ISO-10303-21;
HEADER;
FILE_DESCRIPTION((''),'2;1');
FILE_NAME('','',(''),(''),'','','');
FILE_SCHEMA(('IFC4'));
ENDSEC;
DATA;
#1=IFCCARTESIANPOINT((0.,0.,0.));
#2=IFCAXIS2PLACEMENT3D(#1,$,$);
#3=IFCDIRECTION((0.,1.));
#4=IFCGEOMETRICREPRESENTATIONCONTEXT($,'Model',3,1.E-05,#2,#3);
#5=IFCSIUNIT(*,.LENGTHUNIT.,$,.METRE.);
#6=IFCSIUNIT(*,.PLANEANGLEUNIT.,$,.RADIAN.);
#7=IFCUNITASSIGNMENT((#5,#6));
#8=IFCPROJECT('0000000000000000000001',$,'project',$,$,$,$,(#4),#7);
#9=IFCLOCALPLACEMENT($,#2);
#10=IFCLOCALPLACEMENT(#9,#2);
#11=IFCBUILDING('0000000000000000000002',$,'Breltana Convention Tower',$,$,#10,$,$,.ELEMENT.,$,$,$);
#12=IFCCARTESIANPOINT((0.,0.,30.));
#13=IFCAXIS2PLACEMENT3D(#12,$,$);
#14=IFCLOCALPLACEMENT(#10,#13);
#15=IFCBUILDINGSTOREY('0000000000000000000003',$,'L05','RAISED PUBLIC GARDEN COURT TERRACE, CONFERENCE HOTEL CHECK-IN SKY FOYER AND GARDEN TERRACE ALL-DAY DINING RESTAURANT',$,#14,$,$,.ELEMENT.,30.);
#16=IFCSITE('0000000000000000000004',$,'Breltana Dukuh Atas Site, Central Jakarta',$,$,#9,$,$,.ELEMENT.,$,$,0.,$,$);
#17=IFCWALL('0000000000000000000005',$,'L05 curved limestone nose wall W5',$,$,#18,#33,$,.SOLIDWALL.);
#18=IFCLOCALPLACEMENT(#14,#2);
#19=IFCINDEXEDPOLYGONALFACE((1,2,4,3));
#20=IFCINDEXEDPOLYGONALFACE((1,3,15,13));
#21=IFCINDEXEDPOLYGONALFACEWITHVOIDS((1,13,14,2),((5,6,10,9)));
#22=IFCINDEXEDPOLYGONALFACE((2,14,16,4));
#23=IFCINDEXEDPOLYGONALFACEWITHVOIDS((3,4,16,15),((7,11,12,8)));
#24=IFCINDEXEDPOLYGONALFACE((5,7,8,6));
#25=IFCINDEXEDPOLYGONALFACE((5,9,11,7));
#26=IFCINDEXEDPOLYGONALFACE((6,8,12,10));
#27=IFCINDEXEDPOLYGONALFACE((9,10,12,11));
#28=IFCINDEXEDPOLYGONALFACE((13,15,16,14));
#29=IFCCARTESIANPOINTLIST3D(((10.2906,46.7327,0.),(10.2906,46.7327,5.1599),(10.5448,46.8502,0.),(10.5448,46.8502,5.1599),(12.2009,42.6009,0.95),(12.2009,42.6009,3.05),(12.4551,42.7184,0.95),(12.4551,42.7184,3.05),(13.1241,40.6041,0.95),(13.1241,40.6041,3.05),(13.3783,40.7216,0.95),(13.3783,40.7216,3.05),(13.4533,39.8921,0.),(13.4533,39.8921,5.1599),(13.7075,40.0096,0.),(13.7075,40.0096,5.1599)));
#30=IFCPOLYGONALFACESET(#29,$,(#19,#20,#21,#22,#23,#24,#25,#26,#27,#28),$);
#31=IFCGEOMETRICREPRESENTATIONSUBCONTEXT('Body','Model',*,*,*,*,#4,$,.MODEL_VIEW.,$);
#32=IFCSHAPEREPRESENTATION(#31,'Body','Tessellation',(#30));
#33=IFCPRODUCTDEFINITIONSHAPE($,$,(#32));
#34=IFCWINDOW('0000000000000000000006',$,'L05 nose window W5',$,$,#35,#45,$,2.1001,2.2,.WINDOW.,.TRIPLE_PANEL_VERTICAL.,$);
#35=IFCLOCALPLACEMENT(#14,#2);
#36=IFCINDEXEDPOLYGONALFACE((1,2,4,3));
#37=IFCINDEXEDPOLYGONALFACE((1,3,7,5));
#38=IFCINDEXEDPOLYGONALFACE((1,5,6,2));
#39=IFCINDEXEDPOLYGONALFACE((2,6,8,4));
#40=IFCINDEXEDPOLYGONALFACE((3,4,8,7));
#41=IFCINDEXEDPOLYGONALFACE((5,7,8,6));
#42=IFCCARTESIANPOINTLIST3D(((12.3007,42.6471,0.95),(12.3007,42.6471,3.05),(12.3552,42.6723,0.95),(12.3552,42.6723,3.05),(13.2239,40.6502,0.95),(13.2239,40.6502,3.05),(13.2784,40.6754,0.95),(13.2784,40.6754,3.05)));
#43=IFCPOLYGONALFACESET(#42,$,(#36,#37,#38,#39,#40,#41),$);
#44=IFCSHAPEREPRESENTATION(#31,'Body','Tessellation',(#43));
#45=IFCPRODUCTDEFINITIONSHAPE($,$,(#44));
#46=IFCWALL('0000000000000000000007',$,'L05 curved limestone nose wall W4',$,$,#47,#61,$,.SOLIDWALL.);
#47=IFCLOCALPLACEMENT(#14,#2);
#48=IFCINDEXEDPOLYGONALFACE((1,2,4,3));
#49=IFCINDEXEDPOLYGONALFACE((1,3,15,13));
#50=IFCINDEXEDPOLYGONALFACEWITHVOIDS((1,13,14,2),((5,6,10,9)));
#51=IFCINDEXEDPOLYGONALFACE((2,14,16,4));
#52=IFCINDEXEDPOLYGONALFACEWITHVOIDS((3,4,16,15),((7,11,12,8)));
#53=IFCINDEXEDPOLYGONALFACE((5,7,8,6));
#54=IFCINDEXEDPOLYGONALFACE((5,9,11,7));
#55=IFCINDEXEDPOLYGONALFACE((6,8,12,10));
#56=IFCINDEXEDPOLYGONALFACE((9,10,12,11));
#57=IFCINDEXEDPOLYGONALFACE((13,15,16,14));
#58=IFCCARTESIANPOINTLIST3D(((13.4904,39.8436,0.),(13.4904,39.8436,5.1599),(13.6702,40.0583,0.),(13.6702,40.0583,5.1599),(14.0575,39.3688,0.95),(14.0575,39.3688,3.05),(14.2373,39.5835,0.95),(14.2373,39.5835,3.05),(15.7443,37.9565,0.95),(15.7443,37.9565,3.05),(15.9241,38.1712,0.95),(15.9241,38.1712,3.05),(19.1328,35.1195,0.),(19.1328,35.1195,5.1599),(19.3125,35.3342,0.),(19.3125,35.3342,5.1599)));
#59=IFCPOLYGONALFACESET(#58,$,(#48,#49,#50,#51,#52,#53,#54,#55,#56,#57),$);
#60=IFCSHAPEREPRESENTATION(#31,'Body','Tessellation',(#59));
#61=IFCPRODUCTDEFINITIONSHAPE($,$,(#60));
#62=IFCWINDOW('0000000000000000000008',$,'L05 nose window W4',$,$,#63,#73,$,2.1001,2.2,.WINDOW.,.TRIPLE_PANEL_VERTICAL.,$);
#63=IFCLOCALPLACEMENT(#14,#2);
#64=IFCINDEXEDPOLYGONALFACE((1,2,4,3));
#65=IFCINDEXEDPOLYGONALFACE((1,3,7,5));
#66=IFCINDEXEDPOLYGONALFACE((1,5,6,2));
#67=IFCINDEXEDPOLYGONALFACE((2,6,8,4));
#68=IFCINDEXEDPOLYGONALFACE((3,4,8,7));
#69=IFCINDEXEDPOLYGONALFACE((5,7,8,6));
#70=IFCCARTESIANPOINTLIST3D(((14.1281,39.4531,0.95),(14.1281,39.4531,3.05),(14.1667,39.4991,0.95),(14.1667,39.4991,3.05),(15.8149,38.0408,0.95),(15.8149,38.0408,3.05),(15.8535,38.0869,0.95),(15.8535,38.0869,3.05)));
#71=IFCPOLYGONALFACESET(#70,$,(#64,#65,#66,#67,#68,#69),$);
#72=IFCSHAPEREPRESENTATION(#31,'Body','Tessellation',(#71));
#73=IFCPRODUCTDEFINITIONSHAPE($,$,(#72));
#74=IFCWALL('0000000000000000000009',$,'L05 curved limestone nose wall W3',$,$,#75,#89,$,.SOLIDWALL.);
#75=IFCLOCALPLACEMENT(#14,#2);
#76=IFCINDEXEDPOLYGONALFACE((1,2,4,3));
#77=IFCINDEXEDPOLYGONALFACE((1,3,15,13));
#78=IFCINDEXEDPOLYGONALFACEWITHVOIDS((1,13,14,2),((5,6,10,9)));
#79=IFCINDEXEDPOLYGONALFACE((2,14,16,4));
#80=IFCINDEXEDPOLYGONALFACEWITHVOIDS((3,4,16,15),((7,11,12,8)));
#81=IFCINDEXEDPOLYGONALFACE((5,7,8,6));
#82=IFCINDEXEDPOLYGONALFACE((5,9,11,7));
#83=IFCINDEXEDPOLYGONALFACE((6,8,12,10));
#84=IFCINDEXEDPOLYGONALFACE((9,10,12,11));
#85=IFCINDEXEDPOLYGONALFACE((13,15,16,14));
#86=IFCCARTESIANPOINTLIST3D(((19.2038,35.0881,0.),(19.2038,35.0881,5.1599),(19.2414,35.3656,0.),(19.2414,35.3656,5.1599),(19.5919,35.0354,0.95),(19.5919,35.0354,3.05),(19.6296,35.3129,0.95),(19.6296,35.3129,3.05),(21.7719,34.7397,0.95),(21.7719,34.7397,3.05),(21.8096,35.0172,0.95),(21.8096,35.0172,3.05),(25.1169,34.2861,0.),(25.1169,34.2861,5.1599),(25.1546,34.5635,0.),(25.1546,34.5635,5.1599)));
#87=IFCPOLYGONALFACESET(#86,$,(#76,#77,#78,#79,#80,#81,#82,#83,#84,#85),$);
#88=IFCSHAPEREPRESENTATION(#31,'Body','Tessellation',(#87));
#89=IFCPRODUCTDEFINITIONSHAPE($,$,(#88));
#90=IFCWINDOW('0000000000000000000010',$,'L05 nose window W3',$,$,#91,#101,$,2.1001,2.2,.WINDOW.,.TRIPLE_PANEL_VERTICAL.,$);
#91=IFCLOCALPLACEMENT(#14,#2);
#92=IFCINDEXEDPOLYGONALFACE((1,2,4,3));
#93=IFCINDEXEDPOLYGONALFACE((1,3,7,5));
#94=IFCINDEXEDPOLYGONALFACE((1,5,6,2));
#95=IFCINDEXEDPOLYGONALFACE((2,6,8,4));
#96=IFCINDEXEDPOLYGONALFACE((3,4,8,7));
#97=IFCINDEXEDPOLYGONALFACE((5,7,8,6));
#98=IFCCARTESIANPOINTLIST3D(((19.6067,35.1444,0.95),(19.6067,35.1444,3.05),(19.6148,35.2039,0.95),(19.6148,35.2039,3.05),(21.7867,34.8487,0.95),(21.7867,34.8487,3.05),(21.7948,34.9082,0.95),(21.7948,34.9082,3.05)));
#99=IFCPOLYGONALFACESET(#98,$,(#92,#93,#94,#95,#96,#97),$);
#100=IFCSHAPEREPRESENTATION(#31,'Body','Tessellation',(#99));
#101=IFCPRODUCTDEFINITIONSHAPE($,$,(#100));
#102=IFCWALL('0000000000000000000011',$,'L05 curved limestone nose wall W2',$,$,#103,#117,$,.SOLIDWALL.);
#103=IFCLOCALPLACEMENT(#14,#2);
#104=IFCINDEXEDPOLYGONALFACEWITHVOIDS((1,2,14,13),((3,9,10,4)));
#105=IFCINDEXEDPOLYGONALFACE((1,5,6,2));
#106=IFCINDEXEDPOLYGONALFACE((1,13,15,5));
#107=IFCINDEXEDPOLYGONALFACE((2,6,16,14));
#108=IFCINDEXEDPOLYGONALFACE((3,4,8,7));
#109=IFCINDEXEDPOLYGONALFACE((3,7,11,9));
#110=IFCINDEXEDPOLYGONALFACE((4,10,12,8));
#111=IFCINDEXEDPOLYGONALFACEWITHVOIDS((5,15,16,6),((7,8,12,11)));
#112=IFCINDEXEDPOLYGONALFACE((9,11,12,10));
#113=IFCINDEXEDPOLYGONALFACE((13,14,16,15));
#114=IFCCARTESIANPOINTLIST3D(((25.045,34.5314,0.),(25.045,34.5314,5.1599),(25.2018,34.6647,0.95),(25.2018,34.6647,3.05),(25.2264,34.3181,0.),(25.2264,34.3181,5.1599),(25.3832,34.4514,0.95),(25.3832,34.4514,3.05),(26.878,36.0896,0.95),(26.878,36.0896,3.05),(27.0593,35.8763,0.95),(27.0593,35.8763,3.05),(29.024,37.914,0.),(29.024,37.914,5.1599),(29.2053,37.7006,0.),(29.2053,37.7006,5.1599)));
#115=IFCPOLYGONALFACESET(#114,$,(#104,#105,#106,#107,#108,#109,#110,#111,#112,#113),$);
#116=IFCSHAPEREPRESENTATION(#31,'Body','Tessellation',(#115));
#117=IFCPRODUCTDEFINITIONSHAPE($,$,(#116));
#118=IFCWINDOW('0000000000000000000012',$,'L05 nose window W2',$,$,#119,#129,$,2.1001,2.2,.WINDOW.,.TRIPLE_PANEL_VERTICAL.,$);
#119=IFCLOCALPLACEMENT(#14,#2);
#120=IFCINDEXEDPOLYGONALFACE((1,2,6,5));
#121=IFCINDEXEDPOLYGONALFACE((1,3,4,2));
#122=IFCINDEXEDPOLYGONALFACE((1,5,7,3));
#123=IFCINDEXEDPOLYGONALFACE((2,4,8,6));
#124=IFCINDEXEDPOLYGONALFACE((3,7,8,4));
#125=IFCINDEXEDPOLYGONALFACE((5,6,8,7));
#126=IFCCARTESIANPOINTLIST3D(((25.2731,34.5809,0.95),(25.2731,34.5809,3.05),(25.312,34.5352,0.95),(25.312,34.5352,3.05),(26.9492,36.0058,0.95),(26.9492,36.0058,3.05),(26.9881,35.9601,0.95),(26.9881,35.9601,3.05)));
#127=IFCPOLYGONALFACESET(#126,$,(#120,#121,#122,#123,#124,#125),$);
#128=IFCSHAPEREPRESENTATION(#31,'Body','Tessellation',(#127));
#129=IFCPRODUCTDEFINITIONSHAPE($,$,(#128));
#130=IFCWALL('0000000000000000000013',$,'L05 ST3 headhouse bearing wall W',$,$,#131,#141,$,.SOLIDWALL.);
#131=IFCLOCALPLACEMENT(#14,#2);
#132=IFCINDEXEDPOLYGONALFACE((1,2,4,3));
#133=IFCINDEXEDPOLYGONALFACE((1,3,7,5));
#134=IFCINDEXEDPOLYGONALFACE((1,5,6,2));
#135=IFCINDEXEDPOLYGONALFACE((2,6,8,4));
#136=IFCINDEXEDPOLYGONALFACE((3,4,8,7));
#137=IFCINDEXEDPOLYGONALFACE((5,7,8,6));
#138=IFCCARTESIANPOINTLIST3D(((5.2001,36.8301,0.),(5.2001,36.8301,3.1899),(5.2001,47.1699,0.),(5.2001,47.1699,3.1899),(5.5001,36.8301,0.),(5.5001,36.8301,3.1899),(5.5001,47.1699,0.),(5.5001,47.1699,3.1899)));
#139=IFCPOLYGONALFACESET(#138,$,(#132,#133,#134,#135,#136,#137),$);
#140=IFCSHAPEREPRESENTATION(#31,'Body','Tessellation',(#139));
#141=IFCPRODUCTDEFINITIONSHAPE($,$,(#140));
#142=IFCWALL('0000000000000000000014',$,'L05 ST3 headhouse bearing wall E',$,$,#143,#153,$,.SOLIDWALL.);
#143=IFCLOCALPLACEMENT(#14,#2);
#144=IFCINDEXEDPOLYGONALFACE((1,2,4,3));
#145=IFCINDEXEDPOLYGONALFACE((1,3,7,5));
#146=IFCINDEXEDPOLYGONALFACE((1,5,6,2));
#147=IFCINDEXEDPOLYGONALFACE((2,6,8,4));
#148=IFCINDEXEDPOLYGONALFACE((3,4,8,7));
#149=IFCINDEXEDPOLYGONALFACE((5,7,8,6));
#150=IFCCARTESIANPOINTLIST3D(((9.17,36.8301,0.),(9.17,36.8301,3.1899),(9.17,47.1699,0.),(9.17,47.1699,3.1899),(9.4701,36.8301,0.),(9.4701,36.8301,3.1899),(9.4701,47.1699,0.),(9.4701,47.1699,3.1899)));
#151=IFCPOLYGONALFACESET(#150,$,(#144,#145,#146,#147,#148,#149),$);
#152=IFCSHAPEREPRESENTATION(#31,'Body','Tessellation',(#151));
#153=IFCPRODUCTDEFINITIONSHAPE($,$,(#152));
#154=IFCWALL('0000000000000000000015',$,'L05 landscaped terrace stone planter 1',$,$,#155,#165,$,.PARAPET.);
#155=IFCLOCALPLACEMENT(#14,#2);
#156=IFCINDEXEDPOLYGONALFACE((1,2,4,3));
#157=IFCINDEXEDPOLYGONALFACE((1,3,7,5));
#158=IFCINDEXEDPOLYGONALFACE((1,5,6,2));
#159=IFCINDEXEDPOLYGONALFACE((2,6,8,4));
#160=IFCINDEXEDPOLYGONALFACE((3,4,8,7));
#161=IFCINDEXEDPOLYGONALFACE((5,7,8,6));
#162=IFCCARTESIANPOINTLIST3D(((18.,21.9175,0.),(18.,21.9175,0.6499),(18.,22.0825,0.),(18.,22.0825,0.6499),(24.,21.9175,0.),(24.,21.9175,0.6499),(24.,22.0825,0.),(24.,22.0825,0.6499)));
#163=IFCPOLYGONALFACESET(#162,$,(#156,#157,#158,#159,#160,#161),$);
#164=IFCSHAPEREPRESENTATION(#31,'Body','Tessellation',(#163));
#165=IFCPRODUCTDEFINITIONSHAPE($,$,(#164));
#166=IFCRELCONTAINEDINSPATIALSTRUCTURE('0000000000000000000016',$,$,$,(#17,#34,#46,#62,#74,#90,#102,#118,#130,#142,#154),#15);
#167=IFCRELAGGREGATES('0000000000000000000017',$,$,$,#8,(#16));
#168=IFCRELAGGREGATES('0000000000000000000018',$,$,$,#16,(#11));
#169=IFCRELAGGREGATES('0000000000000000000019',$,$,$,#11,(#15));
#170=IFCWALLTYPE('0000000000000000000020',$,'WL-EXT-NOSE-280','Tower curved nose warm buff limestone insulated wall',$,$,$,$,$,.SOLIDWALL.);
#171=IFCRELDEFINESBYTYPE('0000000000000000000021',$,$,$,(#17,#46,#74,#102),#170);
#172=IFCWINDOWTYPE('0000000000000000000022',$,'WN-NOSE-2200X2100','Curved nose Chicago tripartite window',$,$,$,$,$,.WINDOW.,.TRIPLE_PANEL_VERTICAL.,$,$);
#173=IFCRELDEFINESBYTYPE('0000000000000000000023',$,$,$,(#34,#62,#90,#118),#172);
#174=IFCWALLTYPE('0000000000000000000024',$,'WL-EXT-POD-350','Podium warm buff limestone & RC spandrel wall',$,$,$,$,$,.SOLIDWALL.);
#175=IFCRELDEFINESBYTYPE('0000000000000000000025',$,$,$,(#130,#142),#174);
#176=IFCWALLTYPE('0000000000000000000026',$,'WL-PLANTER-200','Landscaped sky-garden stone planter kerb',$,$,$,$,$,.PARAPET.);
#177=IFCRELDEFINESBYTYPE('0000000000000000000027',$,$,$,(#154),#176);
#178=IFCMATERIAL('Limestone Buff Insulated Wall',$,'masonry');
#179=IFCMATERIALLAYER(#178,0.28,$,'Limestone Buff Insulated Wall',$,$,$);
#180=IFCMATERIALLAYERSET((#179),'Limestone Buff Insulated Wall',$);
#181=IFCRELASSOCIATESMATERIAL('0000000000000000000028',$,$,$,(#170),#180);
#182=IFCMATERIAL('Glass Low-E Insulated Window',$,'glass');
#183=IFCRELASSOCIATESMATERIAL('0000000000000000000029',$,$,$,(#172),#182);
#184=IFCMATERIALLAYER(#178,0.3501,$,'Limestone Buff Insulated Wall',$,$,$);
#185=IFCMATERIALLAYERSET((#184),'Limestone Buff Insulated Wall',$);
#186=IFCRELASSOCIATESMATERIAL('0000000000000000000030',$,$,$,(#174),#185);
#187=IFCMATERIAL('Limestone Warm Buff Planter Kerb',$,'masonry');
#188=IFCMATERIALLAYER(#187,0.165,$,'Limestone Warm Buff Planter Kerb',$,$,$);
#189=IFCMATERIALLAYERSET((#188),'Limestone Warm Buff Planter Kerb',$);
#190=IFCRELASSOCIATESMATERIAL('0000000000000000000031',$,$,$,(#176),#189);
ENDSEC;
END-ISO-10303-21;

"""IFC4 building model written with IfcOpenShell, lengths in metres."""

from ifc_helpers import new_model, si_unit, direction, frame, frame_2d, origin, place, context, subcontext, project, spatial, rectangle, extrude, source, transform, mapped, material, layer, layer_set, type_object, type_shapes, element, fill, save


model = new_model("IFC4")

# Units and contexts
model_context = context("Model", 3, precision=1e-05, world=origin(), true_north=direction((0.0, 1.0)))
body_context = subcontext(model_context, "Body", "Model", "MODEL_VIEW")
ifc_project = project(units=[si_unit("LENGTHUNIT", "METRE"), si_unit("PLANEANGLEUNIT", "RADIAN")], contexts=[model_context])

# Site, building, storey
site_placement = place(None, origin())
site = spatial("IfcSite", under=ifc_project, at=site_placement, Name="Breltana Dukuh Atas Site, Central Jakarta", CompositionType="ELEMENT", RefElevation=0.0)
building_placement = place(site_placement, origin())
building = spatial("IfcBuilding", under=site, at=building_placement, Name="Breltana Convention Tower", CompositionType="ELEMENT")
storey_placement = place(building_placement, frame((0.0, 0.0, 30.0)))
storey = spatial("IfcBuildingStorey", under=building, at=storey_placement, Name="L05", Description="RAISED PUBLIC GARDEN COURT TERRACE, CONFERENCE HOTEL CHECK-IN SKY FOYER AND GARDEN TERRACE ALL-DAY DINING RESTAURANT", CompositionType="ELEMENT", Elevation=30.0)

# Walls, openings, windows
ifc_material_1 = material(Name="Limestone Buff Insulated Wall", Category="masonry")
ifc_layer_1 = layer(ifc_material_1, 0.28, Name="Limestone Buff Insulated Wall")
ifc_layer_set_1 = layer_set([ifc_layer_1], Name="Limestone Buff Insulated Wall")
wall_type_1 = type_object("IfcWallType", Name="WL-EXT-NOSE-280", Description="Tower curved nose warm buff limestone insulated wall", PredefinedType="SOLIDWALL", material=ifc_layer_set_1)
shared_shape_1 = source(origin(), body_context, "Body", "SweptSolid", [
    extrude(rectangle(XDim=7.5364, YDim=0.28, at=frame_2d((3.7681, 0.0))), origin(), (0.0, 0.0, 1.0), 5.1599),
])
wall_1_placement = place(storey_placement, frame((13.5803, 39.9509, 0.0), z_axis=(0.0, 0.0, 1.0), x_axis=(-0.41965, 0.907686, 0.0)))
wall_1 = element("IfcWall", 1, at=wall_1_placement, inside=storey, type_object=wall_type_1, Name="L05 curved limestone nose wall W5", PredefinedType="SOLIDWALL", context=body_context, shape_type="MappedRepresentation", body=[
    mapped(shared_shape_1, transform((0.0, 0.0, 0.0), scale=1.0)),
])
opening_1_placement = place(wall_1_placement, frame((0.7842, 0.0, 0.95)))
opening_1 = element("IfcOpeningElement", 2, at=opening_1_placement, cuts=wall_1, PredefinedType="OPENING", context=body_context, shape_type="SweptSolid", body=[
    extrude(rectangle(XDim=2.2, YDim=2.1001, at=frame_2d((1.1001, 1.05))), frame((0.0, 0.1499, 0.0), z_axis=(0.0, -1.0, 0.0), x_axis=(1.0, 0.0, 0.0)), (0.0, 0.0, 1.0), 0.3),
])
ifc_material_2 = material(Name="Glass Low-E Insulated Window", Category="glass")
window_type = type_object("IfcWindowType", Name="WN-NOSE-2200X2100", Description="Curved nose Chicago tripartite window", PartitioningType="TRIPLE_PANEL_VERTICAL", PredefinedType="WINDOW", material=ifc_material_2)
shared_shape_2 = source(origin(), body_context, "Body", "SweptSolid", [
    extrude(rectangle(XDim=2.2, YDim=2.1001, at=frame_2d((1.1001, 1.05))), frame((0.0, 0.03, 0.0), z_axis=(0.0, -1.0, 0.0), x_axis=(1.0, 0.0, 0.0)), (0.0, 0.0, 1.0), 0.0601),
])
type_shapes(window_type, [shared_shape_2])
window_1_placement = place(opening_1_placement, origin())
window_1 = element("IfcWindow", 3, at=window_1_placement, inside=storey, type_object=window_type, Name="L05 nose window W5", OverallHeight=2.1001, OverallWidth=2.2, PartitioningType="TRIPLE_PANEL_VERTICAL", PredefinedType="WINDOW", context=body_context, shape_type="MappedRepresentation", body=[
    mapped(shared_shape_2, transform((0.0, 0.0, 0.0), scale=1.0)),
])
fill(opening_1, window_1)
shared_shape_3 = source(origin(), body_context, "Body", "SweptSolid", [
    extrude(rectangle(XDim=7.3589, YDim=0.28, at=frame_2d((3.6794, 0.0))), origin(), (0.0, 0.0, 1.0), 5.1599),
])
wall_2_placement = place(storey_placement, frame((19.2227, 35.2268, 0.0), z_axis=(0.0, 0.0, 1.0), x_axis=(-0.766737, 0.641961, 0.0)))
wall_2 = element("IfcWall", 4, at=wall_2_placement, inside=storey, type_object=wall_type_1, Name="L05 curved limestone nose wall W4", PredefinedType="SOLIDWALL", context=body_context, shape_type="MappedRepresentation", body=[
    mapped(shared_shape_3, transform((0.0, 0.0, 0.0), scale=1.0)),
])
opening_2_placement = place(wall_2_placement, frame((4.4192, 0.0, 0.95)))
opening_2 = element("IfcOpeningElement", 5, at=opening_2_placement, cuts=wall_2, PredefinedType="OPENING", context=body_context, shape_type="SweptSolid", body=[
    extrude(rectangle(XDim=2.2, YDim=2.1001, at=frame_2d((1.1001, 1.05))), frame((0.0, 0.1499, 0.0), z_axis=(0.0, -1.0, 0.0), x_axis=(1.0, 0.0, 0.0)), (0.0, 0.0, 1.0), 0.3),
])
window_2_placement = place(opening_2_placement, origin())
window_2 = element("IfcWindow", 6, at=window_2_placement, inside=storey, type_object=window_type, Name="L05 nose window W4", OverallHeight=2.1001, OverallWidth=2.2, PartitioningType="TRIPLE_PANEL_VERTICAL", PredefinedType="WINDOW", context=body_context, shape_type="MappedRepresentation", body=[
    mapped(shared_shape_2, transform((0.0, 0.0, 0.0), scale=1.0)),
])
fill(opening_2, window_2)
shared_shape_4 = source(origin(), body_context, "Body", "SweptSolid", [
    extrude(rectangle(XDim=5.9673, YDim=0.28, at=frame_2d((2.9836, 0.0))), origin(), (0.0, 0.0, 1.0), 5.1599),
])
wall_3_placement = place(storey_placement, frame((25.1357, 34.4248, 0.0), z_axis=(0.0, 0.0, 1.0), x_axis=(-0.990927, 0.134401, 0.0)))
wall_3 = element("IfcWall", 7, at=wall_3_placement, inside=storey, type_object=wall_type_1, Name="L05 curved limestone nose wall W3", PredefinedType="SOLIDWALL", context=body_context, shape_type="MappedRepresentation", body=[
    mapped(shared_shape_4, transform((0.0, 0.0, 0.0), scale=1.0)),
])
opening_3_placement = place(wall_3_placement, frame((3.3755, 0.0, 0.95)))
opening_3 = element("IfcOpeningElement", 8, at=opening_3_placement, cuts=wall_3, PredefinedType="OPENING", context=body_context, shape_type="SweptSolid", body=[
    extrude(rectangle(XDim=2.2, YDim=2.1001, at=frame_2d((1.1001, 1.05))), frame((0.0, 0.1499, 0.0), z_axis=(0.0, -1.0, 0.0), x_axis=(1.0, 0.0, 0.0)), (0.0, 0.0, 1.0), 0.3),
])
window_3_placement = place(opening_3_placement, origin())
window_3 = element("IfcWindow", 9, at=window_3_placement, inside=storey, type_object=window_type, Name="L05 nose window W3", OverallHeight=2.1001, OverallWidth=2.2, PartitioningType="TRIPLE_PANEL_VERTICAL", PredefinedType="WINDOW", context=body_context, shape_type="MappedRepresentation", body=[
    mapped(shared_shape_2, transform((0.0, 0.0, 0.0), scale=1.0)),
])
fill(opening_3, window_3)
shared_shape_5 = source(origin(), body_context, "Body", "SweptSolid", [
    extrude(rectangle(XDim=5.2224, YDim=0.28, at=frame_2d((2.6113, 0.0))), origin(), (0.0, 0.0, 1.0), 5.1599),
])
wall_4_placement = place(storey_placement, frame((29.1147, 37.8074, 0.0), z_axis=(0.0, 0.0, 1.0), x_axis=(-0.7619, -0.647695, 0.0)))
wall_4 = element("IfcWall", 10, at=wall_4_placement, inside=storey, type_object=wall_type_1, Name="L05 curved limestone nose wall W2", PredefinedType="SOLIDWALL", context=body_context, shape_type="MappedRepresentation", body=[
    mapped(shared_shape_5, transform((0.0, 0.0, 0.0), scale=1.0)),
])
opening_4_placement = place(wall_4_placement, frame((2.8167, 0.0, 0.95)))
opening_4 = element("IfcOpeningElement", 11, at=opening_4_placement, cuts=wall_4, PredefinedType="OPENING", context=body_context, shape_type="SweptSolid", body=[
    extrude(rectangle(XDim=2.2, YDim=2.1001, at=frame_2d((1.1001, 1.05))), frame((0.0, 0.1499, 0.0), z_axis=(0.0, -1.0, 0.0), x_axis=(1.0, 0.0, 0.0)), (0.0, 0.0, 1.0), 0.3),
])
window_4_placement = place(opening_4_placement, origin())
window_4 = element("IfcWindow", 12, at=window_4_placement, inside=storey, type_object=window_type, Name="L05 nose window W2", OverallHeight=2.1001, OverallWidth=2.2, PartitioningType="TRIPLE_PANEL_VERTICAL", PredefinedType="WINDOW", context=body_context, shape_type="MappedRepresentation", body=[
    mapped(shared_shape_2, transform((0.0, 0.0, 0.0), scale=1.0)),
])
fill(opening_4, window_4)

# Walls
ifc_layer_2 = layer(ifc_material_1, 0.3501, Name="Limestone Buff Insulated Wall")
ifc_layer_set_2 = layer_set([ifc_layer_2], Name="Limestone Buff Insulated Wall")
wall_type_2 = type_object("IfcWallType", Name="WL-EXT-POD-350", Description="Podium warm buff limestone & RC spandrel wall", PredefinedType="SOLIDWALL", material=ifc_layer_set_2)
shared_shape_6 = source(origin(), body_context, "Body", "SweptSolid", [
    extrude(rectangle(XDim=10.3398, YDim=0.3, at=frame_2d((5.1699, 0.0))), origin(), (0.0, 0.0, 1.0), 3.1899),
])
for number, where, z_axis, x_axis, name in (
    (13, (5.3501, 36.8301, 0.0), (0.0, 0.0, 1.0), (0.0, 1.0, 0.0), "L05 ST3 headhouse bearing wall W"),
    (14, (9.3201, 36.8301, 0.0), (0.0, 0.0, 1.0), (0.0, 1.0, 0.0), "L05 ST3 headhouse bearing wall E"),
):
    element("IfcWall", number, at=place(storey_placement, frame(where, z_axis=z_axis, x_axis=x_axis)), inside=storey, type_object=wall_type_2, Name=name, PredefinedType="SOLIDWALL", context=body_context, shape_type="MappedRepresentation", body=[
        mapped(shared_shape_6, transform((0.0, 0.0, 0.0), scale=1.0)),
    ])
ifc_material_3 = material(Name="Limestone Warm Buff Planter Kerb", Category="masonry")
ifc_layer_3 = layer(ifc_material_3, 0.165, Name="Limestone Warm Buff Planter Kerb")
ifc_layer_set_3 = layer_set([ifc_layer_3], Name="Limestone Warm Buff Planter Kerb")
wall_type_3 = type_object("IfcWallType", Name="WL-PLANTER-200", Description="Landscaped sky-garden stone planter kerb", PredefinedType="PARAPET", material=ifc_layer_set_3)
shared_shape_7 = source(origin(), body_context, "Body", "SweptSolid", [
    extrude(rectangle(XDim=6.0, YDim=0.165, at=frame_2d((3.0, 0.0))), origin(), (0.0, 0.0, 1.0), 0.6499),
])
type_shapes(wall_type_3, [shared_shape_7])
for number, where, z_axis, x_axis, name in (
    (15, (18.0, 22.0, 0.0), (0.0, 0.0, 1.0), (1.0, 0.0, 0.0), "L05 landscaped terrace stone planter 1"),
):
    element("IfcWall", number, at=place(storey_placement, frame(where, z_axis=z_axis, x_axis=x_axis)), inside=storey, type_object=wall_type_3, Name=name, PredefinedType="PARAPET", context=body_context, shape_type="MappedRepresentation", body=[
        mapped(shared_shape_7, transform((0.0, 0.0, 0.0), scale=1.0)),
    ])

save(model, "model.ifc")
